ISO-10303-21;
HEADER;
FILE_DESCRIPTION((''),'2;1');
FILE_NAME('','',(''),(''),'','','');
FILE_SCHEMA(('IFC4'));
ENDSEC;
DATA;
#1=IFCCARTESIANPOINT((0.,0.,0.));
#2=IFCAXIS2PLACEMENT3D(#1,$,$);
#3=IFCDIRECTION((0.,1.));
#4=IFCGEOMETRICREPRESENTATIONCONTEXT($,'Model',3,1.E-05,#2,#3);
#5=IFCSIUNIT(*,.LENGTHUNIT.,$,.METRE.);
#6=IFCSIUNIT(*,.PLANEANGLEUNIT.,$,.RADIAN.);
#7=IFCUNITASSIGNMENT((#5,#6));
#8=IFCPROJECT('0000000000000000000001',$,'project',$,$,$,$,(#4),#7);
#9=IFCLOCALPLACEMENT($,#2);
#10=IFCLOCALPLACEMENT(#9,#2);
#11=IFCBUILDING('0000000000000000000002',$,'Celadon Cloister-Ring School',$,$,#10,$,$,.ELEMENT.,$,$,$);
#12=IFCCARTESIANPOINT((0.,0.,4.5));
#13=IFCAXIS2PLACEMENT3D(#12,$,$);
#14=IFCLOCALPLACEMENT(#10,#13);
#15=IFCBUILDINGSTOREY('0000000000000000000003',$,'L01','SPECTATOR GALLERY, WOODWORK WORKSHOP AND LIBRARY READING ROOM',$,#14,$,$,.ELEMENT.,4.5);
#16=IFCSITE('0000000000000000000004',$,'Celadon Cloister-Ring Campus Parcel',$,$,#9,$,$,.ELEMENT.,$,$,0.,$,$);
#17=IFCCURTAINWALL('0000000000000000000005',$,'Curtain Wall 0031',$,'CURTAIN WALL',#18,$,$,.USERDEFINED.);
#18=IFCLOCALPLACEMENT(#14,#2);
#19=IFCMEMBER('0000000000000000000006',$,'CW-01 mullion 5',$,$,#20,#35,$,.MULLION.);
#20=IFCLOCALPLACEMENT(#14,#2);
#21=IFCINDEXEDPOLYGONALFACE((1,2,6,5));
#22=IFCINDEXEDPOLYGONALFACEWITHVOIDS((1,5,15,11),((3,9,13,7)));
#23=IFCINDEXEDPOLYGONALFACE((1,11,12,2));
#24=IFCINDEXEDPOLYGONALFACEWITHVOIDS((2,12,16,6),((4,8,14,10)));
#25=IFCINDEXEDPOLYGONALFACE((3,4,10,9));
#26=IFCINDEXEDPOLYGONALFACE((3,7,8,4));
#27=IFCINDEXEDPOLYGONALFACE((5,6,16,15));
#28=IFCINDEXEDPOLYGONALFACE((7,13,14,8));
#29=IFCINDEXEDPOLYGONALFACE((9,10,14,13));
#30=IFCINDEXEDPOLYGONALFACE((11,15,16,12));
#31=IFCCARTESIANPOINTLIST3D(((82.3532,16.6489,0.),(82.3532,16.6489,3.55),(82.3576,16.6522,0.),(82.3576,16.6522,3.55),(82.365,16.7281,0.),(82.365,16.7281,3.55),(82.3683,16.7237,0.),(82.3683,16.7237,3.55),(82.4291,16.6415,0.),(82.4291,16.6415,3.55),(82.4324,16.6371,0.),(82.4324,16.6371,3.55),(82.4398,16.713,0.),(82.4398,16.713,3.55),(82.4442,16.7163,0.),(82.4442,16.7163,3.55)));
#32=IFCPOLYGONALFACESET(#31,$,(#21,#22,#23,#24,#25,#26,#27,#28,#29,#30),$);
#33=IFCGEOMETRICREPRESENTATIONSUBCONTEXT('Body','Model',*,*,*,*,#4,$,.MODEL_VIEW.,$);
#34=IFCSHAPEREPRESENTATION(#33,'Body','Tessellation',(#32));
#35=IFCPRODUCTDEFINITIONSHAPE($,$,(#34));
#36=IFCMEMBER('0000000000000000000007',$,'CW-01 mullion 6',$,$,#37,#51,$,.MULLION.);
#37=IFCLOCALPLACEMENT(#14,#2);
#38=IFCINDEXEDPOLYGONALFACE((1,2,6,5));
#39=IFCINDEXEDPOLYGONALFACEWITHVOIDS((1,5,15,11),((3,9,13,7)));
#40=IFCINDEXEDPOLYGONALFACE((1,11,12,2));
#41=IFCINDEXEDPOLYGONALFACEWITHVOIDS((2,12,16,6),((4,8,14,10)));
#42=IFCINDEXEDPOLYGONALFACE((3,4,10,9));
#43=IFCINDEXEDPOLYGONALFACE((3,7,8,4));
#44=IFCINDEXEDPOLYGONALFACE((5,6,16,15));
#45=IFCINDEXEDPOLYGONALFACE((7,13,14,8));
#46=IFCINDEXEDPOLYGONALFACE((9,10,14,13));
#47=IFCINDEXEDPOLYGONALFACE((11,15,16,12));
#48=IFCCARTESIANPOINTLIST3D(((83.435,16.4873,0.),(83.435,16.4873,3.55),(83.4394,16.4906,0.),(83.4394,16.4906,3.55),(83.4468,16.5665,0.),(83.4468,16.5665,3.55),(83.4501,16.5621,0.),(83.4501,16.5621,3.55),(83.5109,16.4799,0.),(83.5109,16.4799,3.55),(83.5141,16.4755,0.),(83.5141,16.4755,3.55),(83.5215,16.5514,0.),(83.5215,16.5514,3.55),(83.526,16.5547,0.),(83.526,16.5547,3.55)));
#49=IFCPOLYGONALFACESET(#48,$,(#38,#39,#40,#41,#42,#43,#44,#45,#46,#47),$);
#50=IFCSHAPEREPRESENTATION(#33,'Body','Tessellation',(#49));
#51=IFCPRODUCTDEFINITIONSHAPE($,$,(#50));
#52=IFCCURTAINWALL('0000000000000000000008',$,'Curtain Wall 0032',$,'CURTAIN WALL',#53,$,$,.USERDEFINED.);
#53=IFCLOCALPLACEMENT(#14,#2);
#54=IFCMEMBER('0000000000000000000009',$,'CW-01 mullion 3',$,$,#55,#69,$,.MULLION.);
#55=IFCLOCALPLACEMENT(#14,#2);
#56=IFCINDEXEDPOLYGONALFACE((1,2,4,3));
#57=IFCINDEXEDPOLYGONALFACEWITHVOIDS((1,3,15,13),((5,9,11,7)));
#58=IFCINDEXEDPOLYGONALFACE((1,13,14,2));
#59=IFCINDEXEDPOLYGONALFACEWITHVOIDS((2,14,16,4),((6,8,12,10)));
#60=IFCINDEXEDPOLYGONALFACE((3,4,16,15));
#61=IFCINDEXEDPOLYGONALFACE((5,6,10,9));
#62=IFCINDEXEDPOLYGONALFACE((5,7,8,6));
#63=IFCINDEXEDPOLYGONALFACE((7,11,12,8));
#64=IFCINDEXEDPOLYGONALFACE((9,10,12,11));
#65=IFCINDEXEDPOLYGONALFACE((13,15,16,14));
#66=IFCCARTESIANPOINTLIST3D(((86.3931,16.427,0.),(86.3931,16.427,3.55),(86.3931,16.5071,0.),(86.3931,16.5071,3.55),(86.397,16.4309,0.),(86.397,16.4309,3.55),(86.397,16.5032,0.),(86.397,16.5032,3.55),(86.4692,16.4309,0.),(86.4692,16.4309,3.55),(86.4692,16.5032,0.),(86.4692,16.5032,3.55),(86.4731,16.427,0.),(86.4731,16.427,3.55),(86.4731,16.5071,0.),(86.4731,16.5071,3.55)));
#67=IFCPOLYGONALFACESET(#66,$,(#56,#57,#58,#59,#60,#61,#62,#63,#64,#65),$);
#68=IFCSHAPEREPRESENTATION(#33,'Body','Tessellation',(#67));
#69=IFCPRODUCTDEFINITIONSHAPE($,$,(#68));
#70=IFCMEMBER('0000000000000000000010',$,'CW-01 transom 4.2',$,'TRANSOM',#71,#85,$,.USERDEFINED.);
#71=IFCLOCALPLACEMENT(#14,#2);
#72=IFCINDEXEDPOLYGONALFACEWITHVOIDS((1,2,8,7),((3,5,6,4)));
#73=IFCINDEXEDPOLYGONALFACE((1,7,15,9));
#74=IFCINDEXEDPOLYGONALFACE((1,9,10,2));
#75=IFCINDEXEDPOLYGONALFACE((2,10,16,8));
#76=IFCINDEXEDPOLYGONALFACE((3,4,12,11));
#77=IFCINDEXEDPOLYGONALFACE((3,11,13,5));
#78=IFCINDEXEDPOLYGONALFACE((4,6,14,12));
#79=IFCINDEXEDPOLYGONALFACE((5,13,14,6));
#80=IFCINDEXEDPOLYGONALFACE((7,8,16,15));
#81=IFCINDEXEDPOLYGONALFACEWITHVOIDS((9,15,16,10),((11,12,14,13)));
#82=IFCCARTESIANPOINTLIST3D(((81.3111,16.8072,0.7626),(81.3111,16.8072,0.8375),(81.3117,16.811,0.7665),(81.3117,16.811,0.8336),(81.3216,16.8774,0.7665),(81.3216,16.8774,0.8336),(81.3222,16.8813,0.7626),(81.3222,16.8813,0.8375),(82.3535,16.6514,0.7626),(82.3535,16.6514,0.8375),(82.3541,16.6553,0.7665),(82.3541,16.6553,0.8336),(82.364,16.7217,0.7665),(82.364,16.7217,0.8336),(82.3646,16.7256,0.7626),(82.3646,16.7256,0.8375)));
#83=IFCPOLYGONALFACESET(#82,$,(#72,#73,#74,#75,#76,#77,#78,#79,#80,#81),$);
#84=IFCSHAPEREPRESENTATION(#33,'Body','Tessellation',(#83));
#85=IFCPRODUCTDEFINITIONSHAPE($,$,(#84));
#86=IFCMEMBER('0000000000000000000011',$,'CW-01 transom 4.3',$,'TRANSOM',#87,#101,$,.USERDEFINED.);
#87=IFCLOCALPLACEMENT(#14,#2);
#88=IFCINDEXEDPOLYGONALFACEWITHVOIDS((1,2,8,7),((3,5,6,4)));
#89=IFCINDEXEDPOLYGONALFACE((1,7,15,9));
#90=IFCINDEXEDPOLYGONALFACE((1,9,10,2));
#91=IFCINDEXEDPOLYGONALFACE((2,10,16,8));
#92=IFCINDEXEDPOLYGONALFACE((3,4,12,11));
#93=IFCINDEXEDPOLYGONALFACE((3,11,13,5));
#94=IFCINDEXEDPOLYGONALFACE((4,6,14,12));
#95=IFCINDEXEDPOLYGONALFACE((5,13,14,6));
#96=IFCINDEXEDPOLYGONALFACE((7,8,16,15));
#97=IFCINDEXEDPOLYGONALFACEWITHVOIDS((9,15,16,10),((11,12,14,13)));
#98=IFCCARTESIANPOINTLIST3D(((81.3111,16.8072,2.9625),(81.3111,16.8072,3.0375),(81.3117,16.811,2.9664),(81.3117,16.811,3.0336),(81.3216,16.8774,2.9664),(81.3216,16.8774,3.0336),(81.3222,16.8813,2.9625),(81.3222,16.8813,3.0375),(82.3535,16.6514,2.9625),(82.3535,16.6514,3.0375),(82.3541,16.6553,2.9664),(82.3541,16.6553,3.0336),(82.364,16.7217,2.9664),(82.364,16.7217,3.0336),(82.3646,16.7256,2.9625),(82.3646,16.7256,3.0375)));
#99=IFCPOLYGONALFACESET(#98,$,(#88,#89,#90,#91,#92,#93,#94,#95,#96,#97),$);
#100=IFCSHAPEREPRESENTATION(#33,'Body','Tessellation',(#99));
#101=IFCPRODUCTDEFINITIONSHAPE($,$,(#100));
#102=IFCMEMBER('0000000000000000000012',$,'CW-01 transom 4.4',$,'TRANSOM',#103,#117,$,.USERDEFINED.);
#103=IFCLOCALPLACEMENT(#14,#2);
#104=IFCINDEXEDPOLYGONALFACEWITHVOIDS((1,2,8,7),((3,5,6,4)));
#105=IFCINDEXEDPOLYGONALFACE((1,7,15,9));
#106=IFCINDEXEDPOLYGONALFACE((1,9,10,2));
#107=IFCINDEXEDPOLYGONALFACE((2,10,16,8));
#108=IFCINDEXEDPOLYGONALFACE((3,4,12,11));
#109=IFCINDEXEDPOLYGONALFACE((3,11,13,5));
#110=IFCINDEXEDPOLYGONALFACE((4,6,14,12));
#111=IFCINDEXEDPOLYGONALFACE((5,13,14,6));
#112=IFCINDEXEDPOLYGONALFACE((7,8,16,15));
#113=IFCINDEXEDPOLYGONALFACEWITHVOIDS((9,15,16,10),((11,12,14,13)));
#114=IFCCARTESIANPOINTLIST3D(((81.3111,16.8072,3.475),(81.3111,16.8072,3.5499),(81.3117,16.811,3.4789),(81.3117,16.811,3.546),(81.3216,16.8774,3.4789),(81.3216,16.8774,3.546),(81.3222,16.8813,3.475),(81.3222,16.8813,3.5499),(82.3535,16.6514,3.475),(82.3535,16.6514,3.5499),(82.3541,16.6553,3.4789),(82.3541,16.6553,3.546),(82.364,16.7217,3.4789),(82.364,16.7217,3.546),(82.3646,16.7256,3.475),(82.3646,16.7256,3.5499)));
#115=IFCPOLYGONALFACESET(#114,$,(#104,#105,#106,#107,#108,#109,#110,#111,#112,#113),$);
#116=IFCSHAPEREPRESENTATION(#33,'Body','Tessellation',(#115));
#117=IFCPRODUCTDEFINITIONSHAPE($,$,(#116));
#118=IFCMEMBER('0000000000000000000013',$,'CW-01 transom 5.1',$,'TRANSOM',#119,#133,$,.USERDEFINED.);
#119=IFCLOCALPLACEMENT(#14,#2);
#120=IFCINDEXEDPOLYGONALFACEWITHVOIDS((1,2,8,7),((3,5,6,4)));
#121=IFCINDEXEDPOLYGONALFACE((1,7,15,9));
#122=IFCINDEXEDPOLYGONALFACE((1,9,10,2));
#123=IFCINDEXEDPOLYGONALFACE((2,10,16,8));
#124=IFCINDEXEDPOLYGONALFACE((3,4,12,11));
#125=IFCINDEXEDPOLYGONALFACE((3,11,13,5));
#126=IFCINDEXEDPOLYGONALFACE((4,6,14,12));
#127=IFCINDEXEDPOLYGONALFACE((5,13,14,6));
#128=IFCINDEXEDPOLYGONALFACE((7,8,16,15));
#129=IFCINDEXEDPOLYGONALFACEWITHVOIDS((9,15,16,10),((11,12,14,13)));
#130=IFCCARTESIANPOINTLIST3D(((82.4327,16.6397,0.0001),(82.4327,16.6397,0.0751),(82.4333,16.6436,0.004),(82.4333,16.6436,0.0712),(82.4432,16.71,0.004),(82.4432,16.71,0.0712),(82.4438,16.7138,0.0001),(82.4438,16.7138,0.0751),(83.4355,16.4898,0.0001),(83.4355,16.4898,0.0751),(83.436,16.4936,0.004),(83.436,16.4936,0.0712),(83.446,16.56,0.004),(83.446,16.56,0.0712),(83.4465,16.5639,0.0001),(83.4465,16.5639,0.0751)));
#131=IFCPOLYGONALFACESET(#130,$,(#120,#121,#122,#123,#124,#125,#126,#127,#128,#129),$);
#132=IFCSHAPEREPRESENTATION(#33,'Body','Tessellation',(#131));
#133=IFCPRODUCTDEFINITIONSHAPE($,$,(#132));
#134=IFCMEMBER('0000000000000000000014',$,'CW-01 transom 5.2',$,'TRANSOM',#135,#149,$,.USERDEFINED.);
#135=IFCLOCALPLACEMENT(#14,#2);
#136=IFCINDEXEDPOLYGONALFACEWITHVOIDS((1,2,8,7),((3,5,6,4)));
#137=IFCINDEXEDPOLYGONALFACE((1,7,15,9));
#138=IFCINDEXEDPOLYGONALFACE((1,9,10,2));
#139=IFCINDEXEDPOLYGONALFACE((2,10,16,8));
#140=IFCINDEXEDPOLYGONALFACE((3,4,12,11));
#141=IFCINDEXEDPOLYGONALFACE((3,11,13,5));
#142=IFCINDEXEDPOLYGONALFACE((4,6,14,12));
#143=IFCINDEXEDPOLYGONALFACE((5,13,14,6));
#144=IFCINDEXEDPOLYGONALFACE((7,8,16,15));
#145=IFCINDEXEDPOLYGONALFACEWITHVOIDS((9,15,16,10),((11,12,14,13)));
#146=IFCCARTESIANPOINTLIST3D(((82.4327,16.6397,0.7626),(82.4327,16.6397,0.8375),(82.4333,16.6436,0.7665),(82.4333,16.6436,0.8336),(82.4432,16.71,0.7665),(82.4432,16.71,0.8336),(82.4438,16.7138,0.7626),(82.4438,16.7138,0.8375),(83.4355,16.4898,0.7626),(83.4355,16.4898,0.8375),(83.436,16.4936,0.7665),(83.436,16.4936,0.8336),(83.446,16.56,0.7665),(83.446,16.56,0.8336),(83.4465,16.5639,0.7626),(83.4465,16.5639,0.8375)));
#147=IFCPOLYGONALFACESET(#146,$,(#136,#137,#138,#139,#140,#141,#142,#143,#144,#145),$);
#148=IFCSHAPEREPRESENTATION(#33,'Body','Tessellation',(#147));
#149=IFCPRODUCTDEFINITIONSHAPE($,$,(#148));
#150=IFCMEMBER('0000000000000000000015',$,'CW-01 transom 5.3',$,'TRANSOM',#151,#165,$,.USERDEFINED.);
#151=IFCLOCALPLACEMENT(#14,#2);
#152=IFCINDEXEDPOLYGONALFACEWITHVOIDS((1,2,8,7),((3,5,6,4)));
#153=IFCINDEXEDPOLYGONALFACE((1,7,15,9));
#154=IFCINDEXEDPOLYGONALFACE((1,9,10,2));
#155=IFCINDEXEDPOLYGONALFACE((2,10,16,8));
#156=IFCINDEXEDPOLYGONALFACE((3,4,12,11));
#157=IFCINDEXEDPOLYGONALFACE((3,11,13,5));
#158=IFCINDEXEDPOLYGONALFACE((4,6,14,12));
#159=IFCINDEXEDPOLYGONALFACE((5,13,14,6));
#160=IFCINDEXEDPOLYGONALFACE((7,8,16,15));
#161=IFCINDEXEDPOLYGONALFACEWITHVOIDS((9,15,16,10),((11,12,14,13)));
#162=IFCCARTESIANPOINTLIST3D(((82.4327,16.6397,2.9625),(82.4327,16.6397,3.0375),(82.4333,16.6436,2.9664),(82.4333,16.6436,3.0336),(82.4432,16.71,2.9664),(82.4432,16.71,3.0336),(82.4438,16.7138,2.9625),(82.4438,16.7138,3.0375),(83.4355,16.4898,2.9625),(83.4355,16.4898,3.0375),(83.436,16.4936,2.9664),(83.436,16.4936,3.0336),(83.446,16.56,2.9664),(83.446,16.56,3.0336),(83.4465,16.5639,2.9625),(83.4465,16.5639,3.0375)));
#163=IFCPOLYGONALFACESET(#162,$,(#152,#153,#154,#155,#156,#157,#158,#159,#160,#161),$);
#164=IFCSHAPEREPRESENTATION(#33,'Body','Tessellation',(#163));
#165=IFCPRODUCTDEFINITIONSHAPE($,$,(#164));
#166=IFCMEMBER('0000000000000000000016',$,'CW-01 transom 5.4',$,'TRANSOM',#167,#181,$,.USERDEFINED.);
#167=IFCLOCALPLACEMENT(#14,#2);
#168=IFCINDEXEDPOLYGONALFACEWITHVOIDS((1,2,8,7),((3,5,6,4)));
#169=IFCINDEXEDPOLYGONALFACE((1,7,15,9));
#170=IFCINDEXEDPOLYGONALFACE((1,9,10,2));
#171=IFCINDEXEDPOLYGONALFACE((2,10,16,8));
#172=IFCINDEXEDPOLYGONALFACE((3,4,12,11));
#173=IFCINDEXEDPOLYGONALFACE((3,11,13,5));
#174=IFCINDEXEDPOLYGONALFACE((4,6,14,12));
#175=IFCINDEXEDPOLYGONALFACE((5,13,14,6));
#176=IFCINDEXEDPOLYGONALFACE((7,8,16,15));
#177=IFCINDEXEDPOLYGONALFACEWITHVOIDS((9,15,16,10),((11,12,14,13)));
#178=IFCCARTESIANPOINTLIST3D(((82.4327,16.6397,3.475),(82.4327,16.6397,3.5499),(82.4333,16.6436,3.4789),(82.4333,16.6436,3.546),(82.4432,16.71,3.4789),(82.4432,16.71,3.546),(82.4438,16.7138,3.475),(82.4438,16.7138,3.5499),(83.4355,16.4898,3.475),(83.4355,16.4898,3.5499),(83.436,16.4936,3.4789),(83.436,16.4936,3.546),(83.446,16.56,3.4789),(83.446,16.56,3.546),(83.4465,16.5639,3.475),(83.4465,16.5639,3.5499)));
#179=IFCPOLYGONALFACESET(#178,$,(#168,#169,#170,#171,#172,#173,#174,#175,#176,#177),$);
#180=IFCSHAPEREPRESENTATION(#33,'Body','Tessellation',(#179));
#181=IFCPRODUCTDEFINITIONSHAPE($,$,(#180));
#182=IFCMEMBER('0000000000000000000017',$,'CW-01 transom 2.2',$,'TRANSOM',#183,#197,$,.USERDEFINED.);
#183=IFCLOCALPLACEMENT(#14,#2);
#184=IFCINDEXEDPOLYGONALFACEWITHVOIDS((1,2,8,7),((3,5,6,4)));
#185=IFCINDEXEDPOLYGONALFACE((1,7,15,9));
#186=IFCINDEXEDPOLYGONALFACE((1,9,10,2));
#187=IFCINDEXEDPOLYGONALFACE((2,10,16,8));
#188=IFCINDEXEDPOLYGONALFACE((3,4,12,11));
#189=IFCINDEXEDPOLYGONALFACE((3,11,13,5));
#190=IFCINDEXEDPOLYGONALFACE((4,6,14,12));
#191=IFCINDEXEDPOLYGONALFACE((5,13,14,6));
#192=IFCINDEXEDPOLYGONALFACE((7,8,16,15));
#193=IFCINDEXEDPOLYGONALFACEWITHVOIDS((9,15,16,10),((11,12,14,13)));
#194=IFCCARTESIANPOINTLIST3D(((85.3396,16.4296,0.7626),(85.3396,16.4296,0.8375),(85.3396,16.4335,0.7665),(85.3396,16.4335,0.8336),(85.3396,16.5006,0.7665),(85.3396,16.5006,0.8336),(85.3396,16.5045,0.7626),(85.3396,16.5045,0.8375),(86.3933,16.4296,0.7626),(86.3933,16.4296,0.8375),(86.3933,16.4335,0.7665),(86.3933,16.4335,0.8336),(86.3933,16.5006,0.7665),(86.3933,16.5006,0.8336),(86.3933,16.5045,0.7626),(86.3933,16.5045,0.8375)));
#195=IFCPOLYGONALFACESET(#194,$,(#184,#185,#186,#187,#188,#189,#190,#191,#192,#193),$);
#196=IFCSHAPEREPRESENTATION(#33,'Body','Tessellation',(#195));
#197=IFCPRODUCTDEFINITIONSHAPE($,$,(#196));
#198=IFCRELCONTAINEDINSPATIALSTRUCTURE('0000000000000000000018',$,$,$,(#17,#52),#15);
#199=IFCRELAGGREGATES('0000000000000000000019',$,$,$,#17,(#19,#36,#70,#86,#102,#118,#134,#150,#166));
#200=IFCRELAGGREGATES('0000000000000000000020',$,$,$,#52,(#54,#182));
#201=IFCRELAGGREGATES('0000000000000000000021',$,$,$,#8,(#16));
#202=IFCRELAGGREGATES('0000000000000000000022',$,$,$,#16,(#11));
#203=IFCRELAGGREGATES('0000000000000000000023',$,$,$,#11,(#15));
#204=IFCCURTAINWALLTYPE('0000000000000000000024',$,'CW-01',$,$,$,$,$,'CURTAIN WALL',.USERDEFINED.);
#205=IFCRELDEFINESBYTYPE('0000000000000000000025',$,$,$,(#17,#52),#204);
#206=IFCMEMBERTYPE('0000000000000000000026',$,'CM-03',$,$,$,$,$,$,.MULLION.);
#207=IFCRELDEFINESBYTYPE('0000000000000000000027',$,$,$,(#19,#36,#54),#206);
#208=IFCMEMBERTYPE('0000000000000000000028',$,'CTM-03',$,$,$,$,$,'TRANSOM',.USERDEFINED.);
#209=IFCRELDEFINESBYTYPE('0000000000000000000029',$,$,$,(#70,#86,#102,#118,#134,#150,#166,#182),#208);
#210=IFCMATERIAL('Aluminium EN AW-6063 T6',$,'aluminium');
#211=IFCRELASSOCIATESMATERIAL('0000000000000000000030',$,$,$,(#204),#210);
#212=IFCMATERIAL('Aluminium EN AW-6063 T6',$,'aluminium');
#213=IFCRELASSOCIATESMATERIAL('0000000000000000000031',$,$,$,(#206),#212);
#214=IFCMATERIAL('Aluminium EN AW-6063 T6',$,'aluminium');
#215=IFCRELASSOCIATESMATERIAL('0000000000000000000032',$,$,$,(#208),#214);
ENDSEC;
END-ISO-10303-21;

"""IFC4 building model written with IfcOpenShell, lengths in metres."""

from ifc_helpers import new_model, si_unit, direction, frame, origin, origin_2d, place, context, subcontext, project, spatial, hollow_rectangle, extrude, material, material_profile, profile_set, type_object, element, aggregate, save


model = new_model("IFC4")

# Units and contexts
model_context = context("Model", 3, precision=1e-05, world=origin(), true_north=direction((0.0, 1.0)))
body_context = subcontext(model_context, "Body", "Model", "MODEL_VIEW")
ifc_project = project(units=[si_unit("LENGTHUNIT", "METRE"), si_unit("PLANEANGLEUNIT", "RADIAN")], contexts=[model_context])

# Site, building, storey
site_placement = place(None, origin())
site = spatial("IfcSite", under=ifc_project, at=site_placement, Name="Celadon Cloister-Ring Campus Parcel", CompositionType="ELEMENT", RefElevation=0.0)
building_placement = place(site_placement, origin())
building = spatial("IfcBuilding", under=site, at=building_placement, Name="Celadon Cloister-Ring School", CompositionType="ELEMENT")
storey_placement = place(building_placement, frame((0.0, 0.0, 4.5)))
storey = spatial("IfcBuildingStorey", under=building, at=storey_placement, Name="L01", Description="SPECTATOR GALLERY, WOODWORK WORKSHOP AND LIBRARY READING ROOM", CompositionType="ELEMENT", Elevation=4.5)

# Curtain wall, members
ifc_material_1 = material(Name="Aluminium EN AW-6063 T6", Category="aluminium")
curtain_wall_type = type_object("IfcCurtainWallType", Name="CW-01", ElementType="CURTAIN WALL", PredefinedType="USERDEFINED", material=ifc_material_1)
curtain_wall_1_placement = place(storey_placement, origin())
curtain_wall_1 = element("IfcCurtainWall", 1, at=curtain_wall_1_placement, inside=storey, type_object=curtain_wall_type, Name="Curtain Wall 0031", ObjectType="CURTAIN WALL", PredefinedType="USERDEFINED")
ifc_material_2 = material(Name="Aluminium EN AW-6063 T6", Category="aluminium")
ifc_material_profile_1 = material_profile(ifc_material_2, hollow_rectangle(XDim=0.0801, YDim=0.0801, WallThickness=0.0039, at=origin_2d()), Name="RHS80X80X4")
ifc_profile_set_1 = profile_set([ifc_material_profile_1], Name="Aluminium EN AW-6063 T6")
member_type_1 = type_object("IfcMemberType", Name="CM-03", PredefinedType="MULLION", material=ifc_profile_set_1)
member_1_placement = place(storey_placement, frame((82.3987, 16.6826, 0.0), z_axis=(0.0, 0.0, 1.0), x_axis=(0.147814, 0.989015, 0.0)))
member_1 = element("IfcMember", 2, at=member_1_placement, type_object=member_type_1, Name="CW-01 mullion 5", PredefinedType="MULLION", context=body_context, shape_type="SweptSolid", body=[
    extrude(hollow_rectangle(XDim=0.0801, YDim=0.0801, WallThickness=0.0039, at=origin_2d()), origin(), (0.0, 0.0, 1.0), 3.55),
])
member_2_placement = place(storey_placement, frame((83.4805, 16.521, 0.0), z_axis=(0.0, 0.0, 1.0), x_axis=(0.147814, 0.989015, 0.0)))
member_2 = element("IfcMember", 3, at=member_2_placement, type_object=member_type_1, Name="CW-01 mullion 6", PredefinedType="MULLION", context=body_context, shape_type="SweptSolid", body=[
    extrude(hollow_rectangle(XDim=0.0801, YDim=0.0801, WallThickness=0.0039, at=origin_2d()), origin(), (0.0, 0.0, 1.0), 3.55),
])

# Curtain wall, member
curtain_wall_2_placement = place(storey_placement, origin())
curtain_wall_2 = element("IfcCurtainWall", 4, at=curtain_wall_2_placement, inside=storey, type_object=curtain_wall_type, Name="Curtain Wall 0032", ObjectType="CURTAIN WALL", PredefinedType="USERDEFINED")
member_3_placement = place(storey_placement, frame((86.4331, 16.467, 0.0), z_axis=(0.0, 0.0, 1.0), x_axis=(0.0, 1.0, 0.0)))
member_3 = element("IfcMember", 5, at=member_3_placement, type_object=member_type_1, Name="CW-01 mullion 3", PredefinedType="MULLION", context=body_context, shape_type="SweptSolid", body=[
    extrude(hollow_rectangle(XDim=0.0801, YDim=0.0801, WallThickness=0.0039, at=origin_2d()), origin(), (0.0, 0.0, 1.0), 3.55),
])

# Members
ifc_material_3 = material(Name="Aluminium EN AW-6063 T6", Category="aluminium")
ifc_material_profile_2 = material_profile(ifc_material_3, hollow_rectangle(XDim=0.075, YDim=0.075, WallThickness=0.0039, at=origin_2d()), Name="RHS75X75X4")
ifc_profile_set_2 = profile_set([ifc_material_profile_2], Name="Aluminium EN AW-6063 T6")
member_type_2 = type_object("IfcMemberType", Name="CTM-03", ElementType="TRANSOM", PredefinedType="USERDEFINED", material=ifc_profile_set_2)
member_4_placement = place(storey_placement, frame((81.3167, 16.8442, 0.8), z_axis=(0.989021, -0.147774, 0.0), x_axis=(0.147774, 0.989021, 0.0)))
member_4 = element("IfcMember", 6, at=member_4_placement, type_object=member_type_2, Name="CW-01 transom 4.2", ObjectType="TRANSOM", PredefinedType="USERDEFINED", context=body_context, shape_type="SweptSolid", body=[
    extrude(hollow_rectangle(XDim=0.075, YDim=0.075, WallThickness=0.0039, at=origin_2d()), origin(), (0.0, 0.0, 1.0), 1.054),
])
member_5_placement = place(storey_placement, frame((81.3167, 16.8442, 3.0), z_axis=(0.989021, -0.147774, 0.0), x_axis=(0.147774, 0.989021, 0.0)))
member_5 = element("IfcMember", 7, at=member_5_placement, type_object=member_type_2, Name="CW-01 transom 4.3", ObjectType="TRANSOM", PredefinedType="USERDEFINED", context=body_context, shape_type="SweptSolid", body=[
    extrude(hollow_rectangle(XDim=0.075, YDim=0.075, WallThickness=0.0039, at=origin_2d()), origin(), (0.0, 0.0, 1.0), 1.054),
])
member_6_placement = place(storey_placement, frame((81.3167, 16.8442, 3.5125), z_axis=(0.989021, -0.147774, 0.0), x_axis=(0.147774, 0.989021, 0.0)))
member_6 = element("IfcMember", 8, at=member_6_placement, type_object=member_type_2, Name="CW-01 transom 4.4", ObjectType="TRANSOM", PredefinedType="USERDEFINED", context=body_context, shape_type="SweptSolid", body=[
    extrude(hollow_rectangle(XDim=0.075, YDim=0.075, WallThickness=0.0039, at=origin_2d()), origin(), (0.0, 0.0, 1.0), 1.054),
])
member_7_placement = place(storey_placement, frame((82.4382, 16.6768, 0.0376), z_axis=(0.989009, -0.147858, 0.0), x_axis=(0.147858, 0.989009, 0.0)))
member_7 = element("IfcMember", 9, at=member_7_placement, type_object=member_type_2, Name="CW-01 transom 5.1", ObjectType="TRANSOM", PredefinedType="USERDEFINED", context=body_context, shape_type="SweptSolid", body=[
    extrude(hollow_rectangle(XDim=0.075, YDim=0.075, WallThickness=0.0039, at=origin_2d()), origin(), (0.0, 0.0, 1.0), 1.0139),
])
member_8_placement = place(storey_placement, frame((82.4382, 16.6768, 0.8), z_axis=(0.989009, -0.147858, 0.0), x_axis=(0.147858, 0.989009, 0.0)))
member_8 = element("IfcMember", 10, at=member_8_placement, type_object=member_type_2, Name="CW-01 transom 5.2", ObjectType="TRANSOM", PredefinedType="USERDEFINED", context=body_context, shape_type="SweptSolid", body=[
    extrude(hollow_rectangle(XDim=0.075, YDim=0.075, WallThickness=0.0039, at=origin_2d()), origin(), (0.0, 0.0, 1.0), 1.0139),
])
member_9_placement = place(storey_placement, frame((82.4382, 16.6768, 3.0), z_axis=(0.989009, -0.147858, 0.0), x_axis=(0.147858, 0.989009, 0.0)))
member_9 = element("IfcMember", 11, at=member_9_placement, type_object=member_type_2, Name="CW-01 transom 5.3", ObjectType="TRANSOM", PredefinedType="USERDEFINED", context=body_context, shape_type="SweptSolid", body=[
    extrude(hollow_rectangle(XDim=0.075, YDim=0.075, WallThickness=0.0039, at=origin_2d()), origin(), (0.0, 0.0, 1.0), 1.0139),
])
member_10_placement = place(storey_placement, frame((82.4382, 16.6768, 3.5125), z_axis=(0.989009, -0.147858, 0.0), x_axis=(0.147858, 0.989009, 0.0)))
member_10 = element("IfcMember", 12, at=member_10_placement, type_object=member_type_2, Name="CW-01 transom 5.4", ObjectType="TRANSOM", PredefinedType="USERDEFINED", context=body_context, shape_type="SweptSolid", body=[
    extrude(hollow_rectangle(XDim=0.075, YDim=0.075, WallThickness=0.0039, at=origin_2d()), origin(), (0.0, 0.0, 1.0), 1.0139),
])
member_11_placement = place(storey_placement, frame((85.3396, 16.467, 0.8), z_axis=(1.0, 0.0, 0.0), x_axis=(0.0, 1.0, 0.0)))
member_11 = element("IfcMember", 13, at=member_11_placement, type_object=member_type_2, Name="CW-01 transom 2.2", ObjectType="TRANSOM", PredefinedType="USERDEFINED", context=body_context, shape_type="SweptSolid", body=[
    extrude(hollow_rectangle(XDim=0.075, YDim=0.075, WallThickness=0.0039, at=origin_2d()), origin(), (0.0, 0.0, 1.0), 1.0537),
])

aggregate(curtain_wall_1, [member_1, member_2, member_4, member_5, member_6, member_7, member_8, member_9, member_10])
aggregate(curtain_wall_2, [member_3, member_11])

save(model, "model.ifc")
